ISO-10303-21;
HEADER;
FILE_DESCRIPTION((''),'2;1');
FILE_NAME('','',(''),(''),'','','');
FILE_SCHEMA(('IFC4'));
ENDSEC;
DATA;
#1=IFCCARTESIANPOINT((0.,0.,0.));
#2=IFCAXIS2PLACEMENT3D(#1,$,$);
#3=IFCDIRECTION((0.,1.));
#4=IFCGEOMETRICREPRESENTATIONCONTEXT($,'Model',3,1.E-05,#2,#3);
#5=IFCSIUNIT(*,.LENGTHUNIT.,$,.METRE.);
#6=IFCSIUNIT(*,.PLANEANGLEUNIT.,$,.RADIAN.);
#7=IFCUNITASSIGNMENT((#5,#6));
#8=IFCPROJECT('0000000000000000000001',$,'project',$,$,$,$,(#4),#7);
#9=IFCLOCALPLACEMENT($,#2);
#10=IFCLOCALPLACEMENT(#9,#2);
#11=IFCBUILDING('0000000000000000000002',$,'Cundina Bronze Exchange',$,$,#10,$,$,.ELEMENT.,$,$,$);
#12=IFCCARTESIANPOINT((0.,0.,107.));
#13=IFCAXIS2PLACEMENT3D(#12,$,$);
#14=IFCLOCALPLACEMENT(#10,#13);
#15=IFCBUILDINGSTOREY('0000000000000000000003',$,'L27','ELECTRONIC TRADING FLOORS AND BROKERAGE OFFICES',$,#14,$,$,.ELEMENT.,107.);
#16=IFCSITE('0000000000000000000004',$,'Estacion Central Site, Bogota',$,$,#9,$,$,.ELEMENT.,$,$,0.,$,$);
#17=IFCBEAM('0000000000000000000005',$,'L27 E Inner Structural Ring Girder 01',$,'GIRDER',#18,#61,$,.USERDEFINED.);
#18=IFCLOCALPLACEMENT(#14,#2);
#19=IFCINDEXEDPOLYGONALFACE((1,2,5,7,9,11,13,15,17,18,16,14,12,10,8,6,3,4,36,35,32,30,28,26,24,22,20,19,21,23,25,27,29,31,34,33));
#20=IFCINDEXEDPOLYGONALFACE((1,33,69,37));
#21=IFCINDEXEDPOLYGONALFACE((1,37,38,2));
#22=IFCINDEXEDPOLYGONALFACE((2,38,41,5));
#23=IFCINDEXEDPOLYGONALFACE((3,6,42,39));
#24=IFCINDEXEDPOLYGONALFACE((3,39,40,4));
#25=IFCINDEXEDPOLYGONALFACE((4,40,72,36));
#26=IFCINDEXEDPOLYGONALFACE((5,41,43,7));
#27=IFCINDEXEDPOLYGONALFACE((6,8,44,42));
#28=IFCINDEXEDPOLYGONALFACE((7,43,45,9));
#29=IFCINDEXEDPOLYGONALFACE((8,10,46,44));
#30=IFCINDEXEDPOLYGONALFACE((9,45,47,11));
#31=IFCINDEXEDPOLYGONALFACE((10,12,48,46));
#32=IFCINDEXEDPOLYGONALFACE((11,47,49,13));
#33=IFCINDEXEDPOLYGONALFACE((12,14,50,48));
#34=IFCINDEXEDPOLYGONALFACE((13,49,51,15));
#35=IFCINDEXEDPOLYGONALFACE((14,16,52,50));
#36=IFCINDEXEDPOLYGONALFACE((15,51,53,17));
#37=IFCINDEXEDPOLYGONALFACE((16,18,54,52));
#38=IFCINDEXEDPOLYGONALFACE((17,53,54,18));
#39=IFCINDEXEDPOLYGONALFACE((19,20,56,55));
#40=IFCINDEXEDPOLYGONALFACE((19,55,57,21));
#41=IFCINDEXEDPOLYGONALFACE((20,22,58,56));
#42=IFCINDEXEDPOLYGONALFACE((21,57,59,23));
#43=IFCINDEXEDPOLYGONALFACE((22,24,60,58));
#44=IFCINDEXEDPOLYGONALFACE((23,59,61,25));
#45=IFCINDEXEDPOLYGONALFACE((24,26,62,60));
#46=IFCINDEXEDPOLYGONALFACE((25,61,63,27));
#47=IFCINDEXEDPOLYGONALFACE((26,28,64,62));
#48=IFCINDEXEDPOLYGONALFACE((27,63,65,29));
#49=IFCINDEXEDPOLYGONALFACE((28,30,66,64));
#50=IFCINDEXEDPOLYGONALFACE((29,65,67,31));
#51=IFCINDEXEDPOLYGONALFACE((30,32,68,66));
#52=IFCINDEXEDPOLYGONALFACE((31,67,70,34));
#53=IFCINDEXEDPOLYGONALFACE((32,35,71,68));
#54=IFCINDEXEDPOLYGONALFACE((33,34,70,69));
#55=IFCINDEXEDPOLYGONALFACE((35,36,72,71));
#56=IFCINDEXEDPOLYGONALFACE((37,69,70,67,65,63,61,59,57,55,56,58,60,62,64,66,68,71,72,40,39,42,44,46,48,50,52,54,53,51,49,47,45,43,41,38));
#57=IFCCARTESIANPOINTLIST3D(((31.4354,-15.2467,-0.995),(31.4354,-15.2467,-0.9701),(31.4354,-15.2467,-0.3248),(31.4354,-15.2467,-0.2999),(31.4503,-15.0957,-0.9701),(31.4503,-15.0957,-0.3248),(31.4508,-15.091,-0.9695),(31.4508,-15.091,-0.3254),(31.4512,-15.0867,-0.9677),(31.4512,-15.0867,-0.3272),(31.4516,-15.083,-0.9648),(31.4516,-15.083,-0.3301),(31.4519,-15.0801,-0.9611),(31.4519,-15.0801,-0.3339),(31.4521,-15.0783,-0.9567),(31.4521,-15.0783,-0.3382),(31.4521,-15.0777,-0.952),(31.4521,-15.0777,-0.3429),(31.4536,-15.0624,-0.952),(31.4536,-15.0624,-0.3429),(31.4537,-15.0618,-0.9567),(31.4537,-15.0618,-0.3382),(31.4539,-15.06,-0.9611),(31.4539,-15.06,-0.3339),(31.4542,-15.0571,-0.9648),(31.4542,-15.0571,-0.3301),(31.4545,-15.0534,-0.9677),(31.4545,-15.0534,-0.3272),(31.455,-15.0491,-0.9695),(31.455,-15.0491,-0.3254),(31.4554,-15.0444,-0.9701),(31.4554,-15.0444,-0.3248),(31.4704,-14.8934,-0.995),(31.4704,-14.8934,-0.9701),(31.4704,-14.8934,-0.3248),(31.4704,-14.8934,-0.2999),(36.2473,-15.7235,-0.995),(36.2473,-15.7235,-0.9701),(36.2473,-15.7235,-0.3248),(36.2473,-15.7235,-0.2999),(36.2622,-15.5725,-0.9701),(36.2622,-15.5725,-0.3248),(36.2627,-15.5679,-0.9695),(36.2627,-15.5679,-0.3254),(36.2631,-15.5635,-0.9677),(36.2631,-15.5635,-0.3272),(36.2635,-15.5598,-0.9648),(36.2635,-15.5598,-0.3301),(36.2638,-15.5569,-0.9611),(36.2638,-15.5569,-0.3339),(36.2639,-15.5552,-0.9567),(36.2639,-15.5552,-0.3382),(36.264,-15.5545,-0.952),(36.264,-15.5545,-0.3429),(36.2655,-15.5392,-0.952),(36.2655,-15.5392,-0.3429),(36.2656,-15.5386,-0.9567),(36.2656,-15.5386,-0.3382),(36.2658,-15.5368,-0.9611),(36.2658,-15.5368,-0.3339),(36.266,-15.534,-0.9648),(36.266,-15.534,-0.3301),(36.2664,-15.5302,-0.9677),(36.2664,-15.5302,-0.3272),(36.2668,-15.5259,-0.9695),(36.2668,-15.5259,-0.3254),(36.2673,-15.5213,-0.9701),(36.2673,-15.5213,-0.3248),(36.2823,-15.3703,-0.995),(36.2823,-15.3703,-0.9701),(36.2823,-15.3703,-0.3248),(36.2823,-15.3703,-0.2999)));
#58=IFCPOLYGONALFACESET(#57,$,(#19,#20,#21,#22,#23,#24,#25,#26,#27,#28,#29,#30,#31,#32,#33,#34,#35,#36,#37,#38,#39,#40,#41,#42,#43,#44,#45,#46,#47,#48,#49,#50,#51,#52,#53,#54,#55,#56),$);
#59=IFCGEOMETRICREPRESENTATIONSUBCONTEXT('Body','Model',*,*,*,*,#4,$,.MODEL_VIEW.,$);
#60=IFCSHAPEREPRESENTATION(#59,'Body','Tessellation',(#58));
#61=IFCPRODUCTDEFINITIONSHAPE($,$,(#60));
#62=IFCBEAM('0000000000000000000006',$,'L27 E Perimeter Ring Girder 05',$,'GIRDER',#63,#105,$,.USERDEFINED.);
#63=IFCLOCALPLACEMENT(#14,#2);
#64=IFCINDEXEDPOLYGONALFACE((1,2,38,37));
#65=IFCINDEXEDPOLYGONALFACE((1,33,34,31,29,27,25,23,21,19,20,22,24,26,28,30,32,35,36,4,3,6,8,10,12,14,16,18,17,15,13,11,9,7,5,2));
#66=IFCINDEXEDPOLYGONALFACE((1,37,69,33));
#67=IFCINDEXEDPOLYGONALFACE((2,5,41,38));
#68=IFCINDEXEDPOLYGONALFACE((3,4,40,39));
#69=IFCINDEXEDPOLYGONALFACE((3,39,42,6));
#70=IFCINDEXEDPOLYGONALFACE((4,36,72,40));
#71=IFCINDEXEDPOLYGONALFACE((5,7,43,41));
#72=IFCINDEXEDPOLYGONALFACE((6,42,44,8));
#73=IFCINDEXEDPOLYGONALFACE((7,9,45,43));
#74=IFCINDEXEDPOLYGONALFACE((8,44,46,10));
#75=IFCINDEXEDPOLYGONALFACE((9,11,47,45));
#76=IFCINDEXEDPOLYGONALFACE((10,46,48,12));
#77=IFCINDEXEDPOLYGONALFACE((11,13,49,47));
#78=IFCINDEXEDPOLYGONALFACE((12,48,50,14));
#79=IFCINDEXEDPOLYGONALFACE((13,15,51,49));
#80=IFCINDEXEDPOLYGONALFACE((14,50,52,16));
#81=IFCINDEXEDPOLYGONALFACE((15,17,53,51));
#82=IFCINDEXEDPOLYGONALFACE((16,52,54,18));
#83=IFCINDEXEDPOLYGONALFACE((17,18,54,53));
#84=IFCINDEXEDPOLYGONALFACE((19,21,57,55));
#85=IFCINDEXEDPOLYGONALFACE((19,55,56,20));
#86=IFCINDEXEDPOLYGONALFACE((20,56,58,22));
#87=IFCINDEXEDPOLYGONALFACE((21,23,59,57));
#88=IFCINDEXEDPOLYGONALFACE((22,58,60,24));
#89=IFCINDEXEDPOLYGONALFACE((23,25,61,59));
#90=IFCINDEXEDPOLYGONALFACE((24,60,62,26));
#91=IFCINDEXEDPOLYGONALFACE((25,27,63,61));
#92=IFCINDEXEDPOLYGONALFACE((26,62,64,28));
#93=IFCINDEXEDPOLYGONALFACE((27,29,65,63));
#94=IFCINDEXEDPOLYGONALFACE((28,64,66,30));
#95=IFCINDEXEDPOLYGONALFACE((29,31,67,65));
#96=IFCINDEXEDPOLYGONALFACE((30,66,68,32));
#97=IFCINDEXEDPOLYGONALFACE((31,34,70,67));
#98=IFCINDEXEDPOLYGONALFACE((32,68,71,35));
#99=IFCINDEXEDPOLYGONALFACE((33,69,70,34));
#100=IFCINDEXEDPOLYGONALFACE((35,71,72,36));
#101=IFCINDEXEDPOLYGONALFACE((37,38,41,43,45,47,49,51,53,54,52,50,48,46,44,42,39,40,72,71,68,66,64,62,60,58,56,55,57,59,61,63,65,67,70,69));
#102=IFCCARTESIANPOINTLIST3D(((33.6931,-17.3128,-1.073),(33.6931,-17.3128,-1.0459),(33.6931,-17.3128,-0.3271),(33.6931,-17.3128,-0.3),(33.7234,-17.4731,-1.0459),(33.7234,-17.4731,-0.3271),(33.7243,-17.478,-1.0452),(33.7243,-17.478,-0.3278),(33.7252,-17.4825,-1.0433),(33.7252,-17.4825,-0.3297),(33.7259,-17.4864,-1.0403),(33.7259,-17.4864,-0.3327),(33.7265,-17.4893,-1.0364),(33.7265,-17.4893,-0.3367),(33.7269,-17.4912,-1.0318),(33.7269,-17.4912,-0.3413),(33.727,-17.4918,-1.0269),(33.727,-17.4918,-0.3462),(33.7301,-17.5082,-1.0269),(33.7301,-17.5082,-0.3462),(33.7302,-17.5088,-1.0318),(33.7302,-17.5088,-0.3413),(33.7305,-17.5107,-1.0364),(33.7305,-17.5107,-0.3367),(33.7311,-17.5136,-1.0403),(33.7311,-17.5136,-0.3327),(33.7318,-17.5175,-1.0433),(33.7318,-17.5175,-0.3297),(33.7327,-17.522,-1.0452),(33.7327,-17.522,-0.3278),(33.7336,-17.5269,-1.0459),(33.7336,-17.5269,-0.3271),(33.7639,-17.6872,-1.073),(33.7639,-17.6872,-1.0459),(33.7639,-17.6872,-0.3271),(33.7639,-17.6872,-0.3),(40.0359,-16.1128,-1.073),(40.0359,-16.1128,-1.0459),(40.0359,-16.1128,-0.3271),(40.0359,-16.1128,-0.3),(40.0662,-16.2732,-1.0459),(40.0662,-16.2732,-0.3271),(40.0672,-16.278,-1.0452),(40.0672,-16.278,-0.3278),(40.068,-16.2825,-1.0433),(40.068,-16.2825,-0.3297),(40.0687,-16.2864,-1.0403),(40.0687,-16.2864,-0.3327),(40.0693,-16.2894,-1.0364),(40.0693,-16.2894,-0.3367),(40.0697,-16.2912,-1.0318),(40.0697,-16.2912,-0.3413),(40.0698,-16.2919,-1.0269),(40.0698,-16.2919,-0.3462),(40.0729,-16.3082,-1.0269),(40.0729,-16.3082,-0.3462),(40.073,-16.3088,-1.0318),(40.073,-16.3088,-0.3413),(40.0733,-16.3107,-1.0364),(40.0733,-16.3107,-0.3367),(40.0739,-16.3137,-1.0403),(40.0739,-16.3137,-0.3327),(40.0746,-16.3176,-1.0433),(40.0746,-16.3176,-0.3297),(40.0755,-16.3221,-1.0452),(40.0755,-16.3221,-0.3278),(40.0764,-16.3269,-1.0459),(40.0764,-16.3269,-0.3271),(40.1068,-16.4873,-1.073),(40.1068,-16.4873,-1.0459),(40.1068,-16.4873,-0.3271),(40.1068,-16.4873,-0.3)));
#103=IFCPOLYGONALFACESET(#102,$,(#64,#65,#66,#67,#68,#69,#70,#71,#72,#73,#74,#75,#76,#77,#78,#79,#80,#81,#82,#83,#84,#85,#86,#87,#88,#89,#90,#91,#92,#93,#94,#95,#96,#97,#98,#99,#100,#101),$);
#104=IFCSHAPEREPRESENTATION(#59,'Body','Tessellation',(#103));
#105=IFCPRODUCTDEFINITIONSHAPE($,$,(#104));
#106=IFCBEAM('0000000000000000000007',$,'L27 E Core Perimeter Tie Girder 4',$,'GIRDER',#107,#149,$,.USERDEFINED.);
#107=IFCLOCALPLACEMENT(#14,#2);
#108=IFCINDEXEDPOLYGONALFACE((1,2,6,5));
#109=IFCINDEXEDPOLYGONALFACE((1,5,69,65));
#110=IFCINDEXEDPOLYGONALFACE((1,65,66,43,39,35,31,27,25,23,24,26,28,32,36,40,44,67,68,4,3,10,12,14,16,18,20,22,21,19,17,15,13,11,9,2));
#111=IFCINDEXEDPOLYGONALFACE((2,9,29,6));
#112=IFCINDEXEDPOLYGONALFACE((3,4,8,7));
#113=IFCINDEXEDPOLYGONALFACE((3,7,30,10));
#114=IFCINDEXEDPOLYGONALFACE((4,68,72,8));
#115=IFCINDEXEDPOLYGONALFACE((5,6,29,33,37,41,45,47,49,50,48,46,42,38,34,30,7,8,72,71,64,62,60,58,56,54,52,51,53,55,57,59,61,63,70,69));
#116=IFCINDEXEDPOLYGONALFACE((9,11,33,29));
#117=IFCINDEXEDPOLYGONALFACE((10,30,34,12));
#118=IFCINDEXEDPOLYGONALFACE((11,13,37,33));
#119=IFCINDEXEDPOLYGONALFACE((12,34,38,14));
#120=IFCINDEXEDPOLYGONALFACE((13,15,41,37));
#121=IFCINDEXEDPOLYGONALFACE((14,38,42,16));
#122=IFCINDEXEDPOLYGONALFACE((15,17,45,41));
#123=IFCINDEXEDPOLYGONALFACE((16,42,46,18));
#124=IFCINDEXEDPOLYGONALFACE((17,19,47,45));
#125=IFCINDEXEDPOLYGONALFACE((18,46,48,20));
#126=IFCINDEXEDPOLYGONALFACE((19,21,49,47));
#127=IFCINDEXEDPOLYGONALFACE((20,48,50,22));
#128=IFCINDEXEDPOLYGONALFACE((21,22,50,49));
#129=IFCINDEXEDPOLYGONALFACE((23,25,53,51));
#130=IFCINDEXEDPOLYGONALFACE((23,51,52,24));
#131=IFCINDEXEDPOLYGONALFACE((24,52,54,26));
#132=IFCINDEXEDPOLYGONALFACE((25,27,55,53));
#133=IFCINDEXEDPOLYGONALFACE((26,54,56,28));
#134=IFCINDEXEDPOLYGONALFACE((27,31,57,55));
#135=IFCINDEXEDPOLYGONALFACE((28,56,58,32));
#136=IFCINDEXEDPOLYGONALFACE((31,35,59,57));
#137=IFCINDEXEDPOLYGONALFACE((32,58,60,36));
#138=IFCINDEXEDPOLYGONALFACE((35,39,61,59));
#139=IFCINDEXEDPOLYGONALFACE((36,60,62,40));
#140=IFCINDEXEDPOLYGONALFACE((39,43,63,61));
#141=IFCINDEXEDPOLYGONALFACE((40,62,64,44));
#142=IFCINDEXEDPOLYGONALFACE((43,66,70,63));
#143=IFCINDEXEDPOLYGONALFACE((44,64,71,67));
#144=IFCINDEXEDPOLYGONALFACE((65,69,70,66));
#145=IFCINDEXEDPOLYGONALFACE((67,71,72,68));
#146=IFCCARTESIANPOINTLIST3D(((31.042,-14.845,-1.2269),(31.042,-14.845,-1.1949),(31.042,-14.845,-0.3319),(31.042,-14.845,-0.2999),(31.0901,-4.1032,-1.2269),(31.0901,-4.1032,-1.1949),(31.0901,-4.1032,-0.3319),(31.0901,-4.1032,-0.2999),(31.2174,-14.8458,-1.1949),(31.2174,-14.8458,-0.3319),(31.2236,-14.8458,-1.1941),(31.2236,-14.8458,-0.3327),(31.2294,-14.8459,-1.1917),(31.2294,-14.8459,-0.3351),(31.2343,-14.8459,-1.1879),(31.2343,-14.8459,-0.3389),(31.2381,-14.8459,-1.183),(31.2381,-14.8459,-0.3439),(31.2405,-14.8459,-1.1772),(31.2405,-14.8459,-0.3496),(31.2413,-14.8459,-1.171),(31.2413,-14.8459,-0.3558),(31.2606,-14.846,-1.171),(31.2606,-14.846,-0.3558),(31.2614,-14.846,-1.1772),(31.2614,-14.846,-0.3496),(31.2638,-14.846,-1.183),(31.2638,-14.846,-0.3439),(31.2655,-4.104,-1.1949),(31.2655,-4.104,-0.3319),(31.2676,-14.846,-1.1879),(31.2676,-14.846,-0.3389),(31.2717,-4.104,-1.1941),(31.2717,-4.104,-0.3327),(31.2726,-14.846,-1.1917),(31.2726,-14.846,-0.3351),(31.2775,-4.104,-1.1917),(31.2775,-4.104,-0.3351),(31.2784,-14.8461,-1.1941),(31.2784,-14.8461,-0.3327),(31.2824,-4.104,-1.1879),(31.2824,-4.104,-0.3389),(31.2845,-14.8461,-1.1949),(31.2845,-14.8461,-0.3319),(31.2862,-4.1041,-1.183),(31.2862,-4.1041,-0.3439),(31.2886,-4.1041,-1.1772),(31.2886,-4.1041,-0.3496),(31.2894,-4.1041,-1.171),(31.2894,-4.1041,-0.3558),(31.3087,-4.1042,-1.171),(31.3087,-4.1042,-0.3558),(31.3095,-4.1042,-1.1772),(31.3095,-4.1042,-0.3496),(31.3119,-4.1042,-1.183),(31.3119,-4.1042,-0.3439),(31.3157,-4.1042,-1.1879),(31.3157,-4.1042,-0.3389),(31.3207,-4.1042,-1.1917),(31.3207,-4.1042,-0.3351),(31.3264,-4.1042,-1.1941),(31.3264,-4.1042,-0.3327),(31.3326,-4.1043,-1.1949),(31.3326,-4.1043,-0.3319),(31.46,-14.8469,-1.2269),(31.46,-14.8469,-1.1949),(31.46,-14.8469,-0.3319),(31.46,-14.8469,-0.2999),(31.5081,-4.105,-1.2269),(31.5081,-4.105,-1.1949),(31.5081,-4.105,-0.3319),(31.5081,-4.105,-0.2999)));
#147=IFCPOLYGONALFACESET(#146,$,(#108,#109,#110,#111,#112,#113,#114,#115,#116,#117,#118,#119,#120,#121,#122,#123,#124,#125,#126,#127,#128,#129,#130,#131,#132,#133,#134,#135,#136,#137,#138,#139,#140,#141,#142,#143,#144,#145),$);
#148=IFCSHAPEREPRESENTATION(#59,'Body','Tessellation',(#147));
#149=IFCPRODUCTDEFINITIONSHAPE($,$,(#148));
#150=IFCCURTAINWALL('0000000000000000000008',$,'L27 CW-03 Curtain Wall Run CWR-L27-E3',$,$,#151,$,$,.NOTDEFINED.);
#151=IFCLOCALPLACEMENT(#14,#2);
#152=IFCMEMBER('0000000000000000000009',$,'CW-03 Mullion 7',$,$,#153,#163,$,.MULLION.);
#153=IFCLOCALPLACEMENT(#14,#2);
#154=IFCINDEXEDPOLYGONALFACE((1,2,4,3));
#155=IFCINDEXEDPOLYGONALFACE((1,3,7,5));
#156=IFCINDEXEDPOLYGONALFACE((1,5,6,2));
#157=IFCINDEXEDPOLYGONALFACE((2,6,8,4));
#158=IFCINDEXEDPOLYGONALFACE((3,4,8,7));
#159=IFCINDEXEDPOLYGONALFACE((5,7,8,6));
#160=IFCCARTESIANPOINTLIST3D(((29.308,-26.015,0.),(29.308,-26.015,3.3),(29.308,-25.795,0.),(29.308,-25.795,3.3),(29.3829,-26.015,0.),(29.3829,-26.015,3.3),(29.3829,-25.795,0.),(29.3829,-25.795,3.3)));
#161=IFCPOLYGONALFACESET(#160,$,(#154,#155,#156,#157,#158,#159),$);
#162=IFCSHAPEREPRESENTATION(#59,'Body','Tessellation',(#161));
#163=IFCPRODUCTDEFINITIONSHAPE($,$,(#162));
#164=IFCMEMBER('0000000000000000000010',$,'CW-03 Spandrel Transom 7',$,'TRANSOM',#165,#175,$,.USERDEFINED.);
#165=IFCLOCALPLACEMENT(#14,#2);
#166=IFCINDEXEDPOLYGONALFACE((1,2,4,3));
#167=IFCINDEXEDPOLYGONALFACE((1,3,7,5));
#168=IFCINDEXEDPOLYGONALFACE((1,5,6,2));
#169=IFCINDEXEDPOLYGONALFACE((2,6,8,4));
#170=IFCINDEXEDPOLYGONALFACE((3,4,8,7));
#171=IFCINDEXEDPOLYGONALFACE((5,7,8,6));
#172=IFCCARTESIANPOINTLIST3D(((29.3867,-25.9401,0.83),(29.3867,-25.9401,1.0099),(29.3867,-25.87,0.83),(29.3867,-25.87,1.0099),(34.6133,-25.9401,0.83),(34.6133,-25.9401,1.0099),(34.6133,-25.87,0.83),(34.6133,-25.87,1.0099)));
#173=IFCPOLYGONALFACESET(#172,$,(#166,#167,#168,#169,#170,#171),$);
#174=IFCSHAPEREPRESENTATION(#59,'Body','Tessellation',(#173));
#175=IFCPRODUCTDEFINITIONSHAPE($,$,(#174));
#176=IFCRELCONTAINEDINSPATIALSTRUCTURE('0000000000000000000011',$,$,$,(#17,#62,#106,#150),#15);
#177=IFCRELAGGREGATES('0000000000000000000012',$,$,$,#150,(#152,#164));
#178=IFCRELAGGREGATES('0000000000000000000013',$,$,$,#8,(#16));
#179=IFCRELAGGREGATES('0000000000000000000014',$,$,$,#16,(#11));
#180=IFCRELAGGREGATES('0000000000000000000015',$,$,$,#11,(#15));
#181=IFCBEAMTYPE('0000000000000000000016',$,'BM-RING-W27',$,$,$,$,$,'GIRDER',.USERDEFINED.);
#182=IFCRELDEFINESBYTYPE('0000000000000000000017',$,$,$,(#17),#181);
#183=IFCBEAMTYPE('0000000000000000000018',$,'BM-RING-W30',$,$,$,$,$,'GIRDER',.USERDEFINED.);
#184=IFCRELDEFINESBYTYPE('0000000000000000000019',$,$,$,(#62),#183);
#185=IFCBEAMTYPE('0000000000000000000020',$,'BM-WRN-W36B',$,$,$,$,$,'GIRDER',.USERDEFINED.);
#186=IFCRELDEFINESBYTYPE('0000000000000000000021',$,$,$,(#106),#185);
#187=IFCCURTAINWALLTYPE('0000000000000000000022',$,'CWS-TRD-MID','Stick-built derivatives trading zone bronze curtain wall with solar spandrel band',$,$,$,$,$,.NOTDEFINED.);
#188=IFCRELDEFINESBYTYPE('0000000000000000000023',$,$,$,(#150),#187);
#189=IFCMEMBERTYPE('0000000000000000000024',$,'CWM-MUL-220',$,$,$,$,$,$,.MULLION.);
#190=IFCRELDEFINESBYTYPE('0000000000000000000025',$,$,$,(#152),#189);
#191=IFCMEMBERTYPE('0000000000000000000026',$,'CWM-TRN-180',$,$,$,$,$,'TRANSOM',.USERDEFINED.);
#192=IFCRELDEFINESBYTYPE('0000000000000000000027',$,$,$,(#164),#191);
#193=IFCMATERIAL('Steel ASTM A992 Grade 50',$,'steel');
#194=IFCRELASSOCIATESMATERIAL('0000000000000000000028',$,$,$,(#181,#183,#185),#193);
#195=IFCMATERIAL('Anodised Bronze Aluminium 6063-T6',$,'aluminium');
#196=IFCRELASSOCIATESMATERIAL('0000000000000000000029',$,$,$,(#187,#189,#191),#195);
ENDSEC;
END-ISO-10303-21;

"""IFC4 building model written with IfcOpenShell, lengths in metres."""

from ifc_helpers import new_model, si_unit, direction, frame, origin, origin_2d, place, context, subcontext, project, spatial, rectangle, i_section, extrude, material, material_profile, profile_set, type_object, element, aggregate, save


model = new_model("IFC4")

# Units and contexts
model_context = context("Model", 3, precision=1e-05, world=origin(), true_north=direction((0.0, 1.0)))
body_context = subcontext(model_context, "Body", "Model", "MODEL_VIEW")
ifc_project = project(units=[si_unit("LENGTHUNIT", "METRE"), si_unit("PLANEANGLEUNIT", "RADIAN")], contexts=[model_context])

# Site, building, storey
site_placement = place(None, origin())
site = spatial("IfcSite", under=ifc_project, at=site_placement, Name="Estacion Central Site, Bogota", CompositionType="ELEMENT", RefElevation=0.0)
building_placement = place(site_placement, origin())
building = spatial("IfcBuilding", under=site, at=building_placement, Name="Cundina Bronze Exchange", CompositionType="ELEMENT")
storey_placement = place(building_placement, frame((0.0, 0.0, 107.0)))
storey = spatial("IfcBuildingStorey", under=building, at=storey_placement, Name="L27", Description="ELECTRONIC TRADING FLOORS AND BROKERAGE OFFICES", CompositionType="ELEMENT", Elevation=107.0)

# Shared definitions
ifc_material_1 = material(Name="Steel ASTM A992 Grade 50", Category="steel")

# Beams
ifc_material_profile_1 = material_profile(ifc_material_1, i_section(OverallWidth=0.355, OverallDepth=0.6951, WebThickness=0.0154, FlangeThickness=0.0249, FilletRadius=0.0181, at=origin_2d()), Name="W27X146", Category="steel")
ifc_profile_set_1 = profile_set([ifc_material_profile_1], Name="Steel ASTM A992 Grade 50")
beam_type_1 = type_object("IfcBeamType", Name="BM-RING-W27", ElementType="GIRDER", PredefinedType="USERDEFINED", material=ifc_profile_set_1)
beam_1_placement = place(storey_placement, frame((31.4529, -15.0701, -0.6475), z_axis=(0.995126, -0.098609, 0.0), x_axis=(0.098609, 0.995126, 0.0)))
element("IfcBeam", 1, at=beam_1_placement, inside=storey, type_object=beam_type_1, Name="L27 E Inner Structural Ring Girder 01", ObjectType="GIRDER", PredefinedType="USERDEFINED", context=body_context, shape_type="SweptSolid", body=[
    extrude(i_section(OverallWidth=0.355, OverallDepth=0.6951, WebThickness=0.0154, FlangeThickness=0.0249, FilletRadius=0.0181, at=origin_2d()), origin(), (0.0, 0.0, 1.0), 4.8354),
])
ifc_material_profile_2 = material_profile(ifc_material_1, i_section(OverallWidth=0.3811, OverallDepth=0.7729, WebThickness=0.0166, FlangeThickness=0.0271, FilletRadius=0.019, at=origin_2d()), Name="W30X173", Category="steel")
ifc_profile_set_2 = profile_set([ifc_material_profile_2], Name="Steel ASTM A992 Grade 50")
beam_type_2 = type_object("IfcBeamType", Name="BM-RING-W30", ElementType="GIRDER", PredefinedType="USERDEFINED", material=ifc_profile_set_2)
beam_2_placement = place(storey_placement, frame((33.7285, -17.5, -0.6865), z_axis=(0.982571, 0.185887, 0.0), x_axis=(-0.185887, 0.982571, 0.0)))
element("IfcBeam", 2, at=beam_2_placement, inside=storey, type_object=beam_type_2, Name="L27 E Perimeter Ring Girder 05", ObjectType="GIRDER", PredefinedType="USERDEFINED", context=body_context, shape_type="SweptSolid", body=[
    extrude(i_section(OverallWidth=0.3811, OverallDepth=0.7729, WebThickness=0.0166, FlangeThickness=0.0271, FilletRadius=0.019, at=origin_2d()), origin(), (0.0, 0.0, 1.0), 6.4553),
])
ifc_material_profile_3 = material_profile(ifc_material_1, i_section(OverallWidth=0.418, OverallDepth=0.927, WebThickness=0.0193, FlangeThickness=0.032, FilletRadius=0.0239, at=origin_2d()), Name="W36X231", Category="steel")
ifc_profile_set_3 = profile_set([ifc_material_profile_3], Name="Steel ASTM A992 Grade 50")
beam_type_3 = type_object("IfcBeamType", Name="BM-WRN-W36B", ElementType="GIRDER", PredefinedType="USERDEFINED", material=ifc_profile_set_3)
beam_3_placement = place(storey_placement, frame((31.251, -14.8459, -0.7634), z_axis=(0.004477, 0.99999, 0.0), x_axis=(-0.99999, 0.004477, 0.0)))
element("IfcBeam", 3, at=beam_3_placement, inside=storey, type_object=beam_type_3, Name="L27 E Core Perimeter Tie Girder 4", ObjectType="GIRDER", PredefinedType="USERDEFINED", context=body_context, shape_type="SweptSolid", body=[
    extrude(i_section(OverallWidth=0.418, OverallDepth=0.927, WebThickness=0.0193, FlangeThickness=0.032, FilletRadius=0.0239, at=origin_2d()), origin(), (0.0, 0.0, 1.0), 10.7419),
])

# Curtain wall, members
ifc_material_2 = material(Name="Anodised Bronze Aluminium 6063-T6", Category="aluminium")
curtain_wall_type = type_object("IfcCurtainWallType", Name="CWS-TRD-MID", Description="Stick-built derivatives trading zone bronze curtain wall with solar spandrel band", PredefinedType="NOTDEFINED", material=ifc_material_2)
curtain_wall_placement = place(storey_placement, origin())
curtain_wall = element("IfcCurtainWall", 4, at=curtain_wall_placement, inside=storey, type_object=curtain_wall_type, Name="L27 CW-03 Curtain Wall Run CWR-L27-E3", PredefinedType="NOTDEFINED")
ifc_material_profile_4 = material_profile(ifc_material_2, rectangle(XDim=0.075, YDim=0.22, at=origin_2d()), Name="AL75X220", Category="aluminium")
ifc_profile_set_4 = profile_set([ifc_material_profile_4], Name="Anodised Bronze Aluminium 6063-T6")
member_type_1 = type_object("IfcMemberType", Name="CWM-MUL-220", PredefinedType="MULLION", material=ifc_profile_set_4)
member_1_placement = place(storey_placement, frame((29.3455, -25.905, 0.0), z_axis=(0.0, 0.0, 1.0), x_axis=(1.0, 0.0, 0.0)))
member_1 = element("IfcMember", 5, at=member_1_placement, type_object=member_type_1, Name="CW-03 Mullion 7", PredefinedType="MULLION", context=body_context, shape_type="SweptSolid", body=[
    extrude(rectangle(XDim=0.075, YDim=0.22, at=origin_2d()), origin(), (0.0, 0.0, 1.0), 3.3),
])
ifc_material_profile_5 = material_profile(ifc_material_2, rectangle(XDim=0.0701, YDim=0.1799, at=origin_2d()), Name="AL70X180", Category="aluminium")
ifc_profile_set_5 = profile_set([ifc_material_profile_5], Name="Anodised Bronze Aluminium 6063-T6")
member_type_2 = type_object("IfcMemberType", Name="CWM-TRN-180", ElementType="TRANSOM", PredefinedType="USERDEFINED", material=ifc_profile_set_5)
member_2_placement = place(storey_placement, frame((29.3867, -25.905, 0.9199), z_axis=(1.0, 0.0, 0.0), x_axis=(0.0, 1.0, 0.0)))
member_2 = element("IfcMember", 6, at=member_2_placement, type_object=member_type_2, Name="CW-03 Spandrel Transom 7", ObjectType="TRANSOM", PredefinedType="USERDEFINED", context=body_context, shape_type="SweptSolid", body=[
    extrude(rectangle(XDim=0.0701, YDim=0.1799, at=origin_2d()), origin(), (0.0, 0.0, 1.0), 5.2266),
])
aggregate(curtain_wall, [member_1, member_2])

save(model, "model.ifc")
